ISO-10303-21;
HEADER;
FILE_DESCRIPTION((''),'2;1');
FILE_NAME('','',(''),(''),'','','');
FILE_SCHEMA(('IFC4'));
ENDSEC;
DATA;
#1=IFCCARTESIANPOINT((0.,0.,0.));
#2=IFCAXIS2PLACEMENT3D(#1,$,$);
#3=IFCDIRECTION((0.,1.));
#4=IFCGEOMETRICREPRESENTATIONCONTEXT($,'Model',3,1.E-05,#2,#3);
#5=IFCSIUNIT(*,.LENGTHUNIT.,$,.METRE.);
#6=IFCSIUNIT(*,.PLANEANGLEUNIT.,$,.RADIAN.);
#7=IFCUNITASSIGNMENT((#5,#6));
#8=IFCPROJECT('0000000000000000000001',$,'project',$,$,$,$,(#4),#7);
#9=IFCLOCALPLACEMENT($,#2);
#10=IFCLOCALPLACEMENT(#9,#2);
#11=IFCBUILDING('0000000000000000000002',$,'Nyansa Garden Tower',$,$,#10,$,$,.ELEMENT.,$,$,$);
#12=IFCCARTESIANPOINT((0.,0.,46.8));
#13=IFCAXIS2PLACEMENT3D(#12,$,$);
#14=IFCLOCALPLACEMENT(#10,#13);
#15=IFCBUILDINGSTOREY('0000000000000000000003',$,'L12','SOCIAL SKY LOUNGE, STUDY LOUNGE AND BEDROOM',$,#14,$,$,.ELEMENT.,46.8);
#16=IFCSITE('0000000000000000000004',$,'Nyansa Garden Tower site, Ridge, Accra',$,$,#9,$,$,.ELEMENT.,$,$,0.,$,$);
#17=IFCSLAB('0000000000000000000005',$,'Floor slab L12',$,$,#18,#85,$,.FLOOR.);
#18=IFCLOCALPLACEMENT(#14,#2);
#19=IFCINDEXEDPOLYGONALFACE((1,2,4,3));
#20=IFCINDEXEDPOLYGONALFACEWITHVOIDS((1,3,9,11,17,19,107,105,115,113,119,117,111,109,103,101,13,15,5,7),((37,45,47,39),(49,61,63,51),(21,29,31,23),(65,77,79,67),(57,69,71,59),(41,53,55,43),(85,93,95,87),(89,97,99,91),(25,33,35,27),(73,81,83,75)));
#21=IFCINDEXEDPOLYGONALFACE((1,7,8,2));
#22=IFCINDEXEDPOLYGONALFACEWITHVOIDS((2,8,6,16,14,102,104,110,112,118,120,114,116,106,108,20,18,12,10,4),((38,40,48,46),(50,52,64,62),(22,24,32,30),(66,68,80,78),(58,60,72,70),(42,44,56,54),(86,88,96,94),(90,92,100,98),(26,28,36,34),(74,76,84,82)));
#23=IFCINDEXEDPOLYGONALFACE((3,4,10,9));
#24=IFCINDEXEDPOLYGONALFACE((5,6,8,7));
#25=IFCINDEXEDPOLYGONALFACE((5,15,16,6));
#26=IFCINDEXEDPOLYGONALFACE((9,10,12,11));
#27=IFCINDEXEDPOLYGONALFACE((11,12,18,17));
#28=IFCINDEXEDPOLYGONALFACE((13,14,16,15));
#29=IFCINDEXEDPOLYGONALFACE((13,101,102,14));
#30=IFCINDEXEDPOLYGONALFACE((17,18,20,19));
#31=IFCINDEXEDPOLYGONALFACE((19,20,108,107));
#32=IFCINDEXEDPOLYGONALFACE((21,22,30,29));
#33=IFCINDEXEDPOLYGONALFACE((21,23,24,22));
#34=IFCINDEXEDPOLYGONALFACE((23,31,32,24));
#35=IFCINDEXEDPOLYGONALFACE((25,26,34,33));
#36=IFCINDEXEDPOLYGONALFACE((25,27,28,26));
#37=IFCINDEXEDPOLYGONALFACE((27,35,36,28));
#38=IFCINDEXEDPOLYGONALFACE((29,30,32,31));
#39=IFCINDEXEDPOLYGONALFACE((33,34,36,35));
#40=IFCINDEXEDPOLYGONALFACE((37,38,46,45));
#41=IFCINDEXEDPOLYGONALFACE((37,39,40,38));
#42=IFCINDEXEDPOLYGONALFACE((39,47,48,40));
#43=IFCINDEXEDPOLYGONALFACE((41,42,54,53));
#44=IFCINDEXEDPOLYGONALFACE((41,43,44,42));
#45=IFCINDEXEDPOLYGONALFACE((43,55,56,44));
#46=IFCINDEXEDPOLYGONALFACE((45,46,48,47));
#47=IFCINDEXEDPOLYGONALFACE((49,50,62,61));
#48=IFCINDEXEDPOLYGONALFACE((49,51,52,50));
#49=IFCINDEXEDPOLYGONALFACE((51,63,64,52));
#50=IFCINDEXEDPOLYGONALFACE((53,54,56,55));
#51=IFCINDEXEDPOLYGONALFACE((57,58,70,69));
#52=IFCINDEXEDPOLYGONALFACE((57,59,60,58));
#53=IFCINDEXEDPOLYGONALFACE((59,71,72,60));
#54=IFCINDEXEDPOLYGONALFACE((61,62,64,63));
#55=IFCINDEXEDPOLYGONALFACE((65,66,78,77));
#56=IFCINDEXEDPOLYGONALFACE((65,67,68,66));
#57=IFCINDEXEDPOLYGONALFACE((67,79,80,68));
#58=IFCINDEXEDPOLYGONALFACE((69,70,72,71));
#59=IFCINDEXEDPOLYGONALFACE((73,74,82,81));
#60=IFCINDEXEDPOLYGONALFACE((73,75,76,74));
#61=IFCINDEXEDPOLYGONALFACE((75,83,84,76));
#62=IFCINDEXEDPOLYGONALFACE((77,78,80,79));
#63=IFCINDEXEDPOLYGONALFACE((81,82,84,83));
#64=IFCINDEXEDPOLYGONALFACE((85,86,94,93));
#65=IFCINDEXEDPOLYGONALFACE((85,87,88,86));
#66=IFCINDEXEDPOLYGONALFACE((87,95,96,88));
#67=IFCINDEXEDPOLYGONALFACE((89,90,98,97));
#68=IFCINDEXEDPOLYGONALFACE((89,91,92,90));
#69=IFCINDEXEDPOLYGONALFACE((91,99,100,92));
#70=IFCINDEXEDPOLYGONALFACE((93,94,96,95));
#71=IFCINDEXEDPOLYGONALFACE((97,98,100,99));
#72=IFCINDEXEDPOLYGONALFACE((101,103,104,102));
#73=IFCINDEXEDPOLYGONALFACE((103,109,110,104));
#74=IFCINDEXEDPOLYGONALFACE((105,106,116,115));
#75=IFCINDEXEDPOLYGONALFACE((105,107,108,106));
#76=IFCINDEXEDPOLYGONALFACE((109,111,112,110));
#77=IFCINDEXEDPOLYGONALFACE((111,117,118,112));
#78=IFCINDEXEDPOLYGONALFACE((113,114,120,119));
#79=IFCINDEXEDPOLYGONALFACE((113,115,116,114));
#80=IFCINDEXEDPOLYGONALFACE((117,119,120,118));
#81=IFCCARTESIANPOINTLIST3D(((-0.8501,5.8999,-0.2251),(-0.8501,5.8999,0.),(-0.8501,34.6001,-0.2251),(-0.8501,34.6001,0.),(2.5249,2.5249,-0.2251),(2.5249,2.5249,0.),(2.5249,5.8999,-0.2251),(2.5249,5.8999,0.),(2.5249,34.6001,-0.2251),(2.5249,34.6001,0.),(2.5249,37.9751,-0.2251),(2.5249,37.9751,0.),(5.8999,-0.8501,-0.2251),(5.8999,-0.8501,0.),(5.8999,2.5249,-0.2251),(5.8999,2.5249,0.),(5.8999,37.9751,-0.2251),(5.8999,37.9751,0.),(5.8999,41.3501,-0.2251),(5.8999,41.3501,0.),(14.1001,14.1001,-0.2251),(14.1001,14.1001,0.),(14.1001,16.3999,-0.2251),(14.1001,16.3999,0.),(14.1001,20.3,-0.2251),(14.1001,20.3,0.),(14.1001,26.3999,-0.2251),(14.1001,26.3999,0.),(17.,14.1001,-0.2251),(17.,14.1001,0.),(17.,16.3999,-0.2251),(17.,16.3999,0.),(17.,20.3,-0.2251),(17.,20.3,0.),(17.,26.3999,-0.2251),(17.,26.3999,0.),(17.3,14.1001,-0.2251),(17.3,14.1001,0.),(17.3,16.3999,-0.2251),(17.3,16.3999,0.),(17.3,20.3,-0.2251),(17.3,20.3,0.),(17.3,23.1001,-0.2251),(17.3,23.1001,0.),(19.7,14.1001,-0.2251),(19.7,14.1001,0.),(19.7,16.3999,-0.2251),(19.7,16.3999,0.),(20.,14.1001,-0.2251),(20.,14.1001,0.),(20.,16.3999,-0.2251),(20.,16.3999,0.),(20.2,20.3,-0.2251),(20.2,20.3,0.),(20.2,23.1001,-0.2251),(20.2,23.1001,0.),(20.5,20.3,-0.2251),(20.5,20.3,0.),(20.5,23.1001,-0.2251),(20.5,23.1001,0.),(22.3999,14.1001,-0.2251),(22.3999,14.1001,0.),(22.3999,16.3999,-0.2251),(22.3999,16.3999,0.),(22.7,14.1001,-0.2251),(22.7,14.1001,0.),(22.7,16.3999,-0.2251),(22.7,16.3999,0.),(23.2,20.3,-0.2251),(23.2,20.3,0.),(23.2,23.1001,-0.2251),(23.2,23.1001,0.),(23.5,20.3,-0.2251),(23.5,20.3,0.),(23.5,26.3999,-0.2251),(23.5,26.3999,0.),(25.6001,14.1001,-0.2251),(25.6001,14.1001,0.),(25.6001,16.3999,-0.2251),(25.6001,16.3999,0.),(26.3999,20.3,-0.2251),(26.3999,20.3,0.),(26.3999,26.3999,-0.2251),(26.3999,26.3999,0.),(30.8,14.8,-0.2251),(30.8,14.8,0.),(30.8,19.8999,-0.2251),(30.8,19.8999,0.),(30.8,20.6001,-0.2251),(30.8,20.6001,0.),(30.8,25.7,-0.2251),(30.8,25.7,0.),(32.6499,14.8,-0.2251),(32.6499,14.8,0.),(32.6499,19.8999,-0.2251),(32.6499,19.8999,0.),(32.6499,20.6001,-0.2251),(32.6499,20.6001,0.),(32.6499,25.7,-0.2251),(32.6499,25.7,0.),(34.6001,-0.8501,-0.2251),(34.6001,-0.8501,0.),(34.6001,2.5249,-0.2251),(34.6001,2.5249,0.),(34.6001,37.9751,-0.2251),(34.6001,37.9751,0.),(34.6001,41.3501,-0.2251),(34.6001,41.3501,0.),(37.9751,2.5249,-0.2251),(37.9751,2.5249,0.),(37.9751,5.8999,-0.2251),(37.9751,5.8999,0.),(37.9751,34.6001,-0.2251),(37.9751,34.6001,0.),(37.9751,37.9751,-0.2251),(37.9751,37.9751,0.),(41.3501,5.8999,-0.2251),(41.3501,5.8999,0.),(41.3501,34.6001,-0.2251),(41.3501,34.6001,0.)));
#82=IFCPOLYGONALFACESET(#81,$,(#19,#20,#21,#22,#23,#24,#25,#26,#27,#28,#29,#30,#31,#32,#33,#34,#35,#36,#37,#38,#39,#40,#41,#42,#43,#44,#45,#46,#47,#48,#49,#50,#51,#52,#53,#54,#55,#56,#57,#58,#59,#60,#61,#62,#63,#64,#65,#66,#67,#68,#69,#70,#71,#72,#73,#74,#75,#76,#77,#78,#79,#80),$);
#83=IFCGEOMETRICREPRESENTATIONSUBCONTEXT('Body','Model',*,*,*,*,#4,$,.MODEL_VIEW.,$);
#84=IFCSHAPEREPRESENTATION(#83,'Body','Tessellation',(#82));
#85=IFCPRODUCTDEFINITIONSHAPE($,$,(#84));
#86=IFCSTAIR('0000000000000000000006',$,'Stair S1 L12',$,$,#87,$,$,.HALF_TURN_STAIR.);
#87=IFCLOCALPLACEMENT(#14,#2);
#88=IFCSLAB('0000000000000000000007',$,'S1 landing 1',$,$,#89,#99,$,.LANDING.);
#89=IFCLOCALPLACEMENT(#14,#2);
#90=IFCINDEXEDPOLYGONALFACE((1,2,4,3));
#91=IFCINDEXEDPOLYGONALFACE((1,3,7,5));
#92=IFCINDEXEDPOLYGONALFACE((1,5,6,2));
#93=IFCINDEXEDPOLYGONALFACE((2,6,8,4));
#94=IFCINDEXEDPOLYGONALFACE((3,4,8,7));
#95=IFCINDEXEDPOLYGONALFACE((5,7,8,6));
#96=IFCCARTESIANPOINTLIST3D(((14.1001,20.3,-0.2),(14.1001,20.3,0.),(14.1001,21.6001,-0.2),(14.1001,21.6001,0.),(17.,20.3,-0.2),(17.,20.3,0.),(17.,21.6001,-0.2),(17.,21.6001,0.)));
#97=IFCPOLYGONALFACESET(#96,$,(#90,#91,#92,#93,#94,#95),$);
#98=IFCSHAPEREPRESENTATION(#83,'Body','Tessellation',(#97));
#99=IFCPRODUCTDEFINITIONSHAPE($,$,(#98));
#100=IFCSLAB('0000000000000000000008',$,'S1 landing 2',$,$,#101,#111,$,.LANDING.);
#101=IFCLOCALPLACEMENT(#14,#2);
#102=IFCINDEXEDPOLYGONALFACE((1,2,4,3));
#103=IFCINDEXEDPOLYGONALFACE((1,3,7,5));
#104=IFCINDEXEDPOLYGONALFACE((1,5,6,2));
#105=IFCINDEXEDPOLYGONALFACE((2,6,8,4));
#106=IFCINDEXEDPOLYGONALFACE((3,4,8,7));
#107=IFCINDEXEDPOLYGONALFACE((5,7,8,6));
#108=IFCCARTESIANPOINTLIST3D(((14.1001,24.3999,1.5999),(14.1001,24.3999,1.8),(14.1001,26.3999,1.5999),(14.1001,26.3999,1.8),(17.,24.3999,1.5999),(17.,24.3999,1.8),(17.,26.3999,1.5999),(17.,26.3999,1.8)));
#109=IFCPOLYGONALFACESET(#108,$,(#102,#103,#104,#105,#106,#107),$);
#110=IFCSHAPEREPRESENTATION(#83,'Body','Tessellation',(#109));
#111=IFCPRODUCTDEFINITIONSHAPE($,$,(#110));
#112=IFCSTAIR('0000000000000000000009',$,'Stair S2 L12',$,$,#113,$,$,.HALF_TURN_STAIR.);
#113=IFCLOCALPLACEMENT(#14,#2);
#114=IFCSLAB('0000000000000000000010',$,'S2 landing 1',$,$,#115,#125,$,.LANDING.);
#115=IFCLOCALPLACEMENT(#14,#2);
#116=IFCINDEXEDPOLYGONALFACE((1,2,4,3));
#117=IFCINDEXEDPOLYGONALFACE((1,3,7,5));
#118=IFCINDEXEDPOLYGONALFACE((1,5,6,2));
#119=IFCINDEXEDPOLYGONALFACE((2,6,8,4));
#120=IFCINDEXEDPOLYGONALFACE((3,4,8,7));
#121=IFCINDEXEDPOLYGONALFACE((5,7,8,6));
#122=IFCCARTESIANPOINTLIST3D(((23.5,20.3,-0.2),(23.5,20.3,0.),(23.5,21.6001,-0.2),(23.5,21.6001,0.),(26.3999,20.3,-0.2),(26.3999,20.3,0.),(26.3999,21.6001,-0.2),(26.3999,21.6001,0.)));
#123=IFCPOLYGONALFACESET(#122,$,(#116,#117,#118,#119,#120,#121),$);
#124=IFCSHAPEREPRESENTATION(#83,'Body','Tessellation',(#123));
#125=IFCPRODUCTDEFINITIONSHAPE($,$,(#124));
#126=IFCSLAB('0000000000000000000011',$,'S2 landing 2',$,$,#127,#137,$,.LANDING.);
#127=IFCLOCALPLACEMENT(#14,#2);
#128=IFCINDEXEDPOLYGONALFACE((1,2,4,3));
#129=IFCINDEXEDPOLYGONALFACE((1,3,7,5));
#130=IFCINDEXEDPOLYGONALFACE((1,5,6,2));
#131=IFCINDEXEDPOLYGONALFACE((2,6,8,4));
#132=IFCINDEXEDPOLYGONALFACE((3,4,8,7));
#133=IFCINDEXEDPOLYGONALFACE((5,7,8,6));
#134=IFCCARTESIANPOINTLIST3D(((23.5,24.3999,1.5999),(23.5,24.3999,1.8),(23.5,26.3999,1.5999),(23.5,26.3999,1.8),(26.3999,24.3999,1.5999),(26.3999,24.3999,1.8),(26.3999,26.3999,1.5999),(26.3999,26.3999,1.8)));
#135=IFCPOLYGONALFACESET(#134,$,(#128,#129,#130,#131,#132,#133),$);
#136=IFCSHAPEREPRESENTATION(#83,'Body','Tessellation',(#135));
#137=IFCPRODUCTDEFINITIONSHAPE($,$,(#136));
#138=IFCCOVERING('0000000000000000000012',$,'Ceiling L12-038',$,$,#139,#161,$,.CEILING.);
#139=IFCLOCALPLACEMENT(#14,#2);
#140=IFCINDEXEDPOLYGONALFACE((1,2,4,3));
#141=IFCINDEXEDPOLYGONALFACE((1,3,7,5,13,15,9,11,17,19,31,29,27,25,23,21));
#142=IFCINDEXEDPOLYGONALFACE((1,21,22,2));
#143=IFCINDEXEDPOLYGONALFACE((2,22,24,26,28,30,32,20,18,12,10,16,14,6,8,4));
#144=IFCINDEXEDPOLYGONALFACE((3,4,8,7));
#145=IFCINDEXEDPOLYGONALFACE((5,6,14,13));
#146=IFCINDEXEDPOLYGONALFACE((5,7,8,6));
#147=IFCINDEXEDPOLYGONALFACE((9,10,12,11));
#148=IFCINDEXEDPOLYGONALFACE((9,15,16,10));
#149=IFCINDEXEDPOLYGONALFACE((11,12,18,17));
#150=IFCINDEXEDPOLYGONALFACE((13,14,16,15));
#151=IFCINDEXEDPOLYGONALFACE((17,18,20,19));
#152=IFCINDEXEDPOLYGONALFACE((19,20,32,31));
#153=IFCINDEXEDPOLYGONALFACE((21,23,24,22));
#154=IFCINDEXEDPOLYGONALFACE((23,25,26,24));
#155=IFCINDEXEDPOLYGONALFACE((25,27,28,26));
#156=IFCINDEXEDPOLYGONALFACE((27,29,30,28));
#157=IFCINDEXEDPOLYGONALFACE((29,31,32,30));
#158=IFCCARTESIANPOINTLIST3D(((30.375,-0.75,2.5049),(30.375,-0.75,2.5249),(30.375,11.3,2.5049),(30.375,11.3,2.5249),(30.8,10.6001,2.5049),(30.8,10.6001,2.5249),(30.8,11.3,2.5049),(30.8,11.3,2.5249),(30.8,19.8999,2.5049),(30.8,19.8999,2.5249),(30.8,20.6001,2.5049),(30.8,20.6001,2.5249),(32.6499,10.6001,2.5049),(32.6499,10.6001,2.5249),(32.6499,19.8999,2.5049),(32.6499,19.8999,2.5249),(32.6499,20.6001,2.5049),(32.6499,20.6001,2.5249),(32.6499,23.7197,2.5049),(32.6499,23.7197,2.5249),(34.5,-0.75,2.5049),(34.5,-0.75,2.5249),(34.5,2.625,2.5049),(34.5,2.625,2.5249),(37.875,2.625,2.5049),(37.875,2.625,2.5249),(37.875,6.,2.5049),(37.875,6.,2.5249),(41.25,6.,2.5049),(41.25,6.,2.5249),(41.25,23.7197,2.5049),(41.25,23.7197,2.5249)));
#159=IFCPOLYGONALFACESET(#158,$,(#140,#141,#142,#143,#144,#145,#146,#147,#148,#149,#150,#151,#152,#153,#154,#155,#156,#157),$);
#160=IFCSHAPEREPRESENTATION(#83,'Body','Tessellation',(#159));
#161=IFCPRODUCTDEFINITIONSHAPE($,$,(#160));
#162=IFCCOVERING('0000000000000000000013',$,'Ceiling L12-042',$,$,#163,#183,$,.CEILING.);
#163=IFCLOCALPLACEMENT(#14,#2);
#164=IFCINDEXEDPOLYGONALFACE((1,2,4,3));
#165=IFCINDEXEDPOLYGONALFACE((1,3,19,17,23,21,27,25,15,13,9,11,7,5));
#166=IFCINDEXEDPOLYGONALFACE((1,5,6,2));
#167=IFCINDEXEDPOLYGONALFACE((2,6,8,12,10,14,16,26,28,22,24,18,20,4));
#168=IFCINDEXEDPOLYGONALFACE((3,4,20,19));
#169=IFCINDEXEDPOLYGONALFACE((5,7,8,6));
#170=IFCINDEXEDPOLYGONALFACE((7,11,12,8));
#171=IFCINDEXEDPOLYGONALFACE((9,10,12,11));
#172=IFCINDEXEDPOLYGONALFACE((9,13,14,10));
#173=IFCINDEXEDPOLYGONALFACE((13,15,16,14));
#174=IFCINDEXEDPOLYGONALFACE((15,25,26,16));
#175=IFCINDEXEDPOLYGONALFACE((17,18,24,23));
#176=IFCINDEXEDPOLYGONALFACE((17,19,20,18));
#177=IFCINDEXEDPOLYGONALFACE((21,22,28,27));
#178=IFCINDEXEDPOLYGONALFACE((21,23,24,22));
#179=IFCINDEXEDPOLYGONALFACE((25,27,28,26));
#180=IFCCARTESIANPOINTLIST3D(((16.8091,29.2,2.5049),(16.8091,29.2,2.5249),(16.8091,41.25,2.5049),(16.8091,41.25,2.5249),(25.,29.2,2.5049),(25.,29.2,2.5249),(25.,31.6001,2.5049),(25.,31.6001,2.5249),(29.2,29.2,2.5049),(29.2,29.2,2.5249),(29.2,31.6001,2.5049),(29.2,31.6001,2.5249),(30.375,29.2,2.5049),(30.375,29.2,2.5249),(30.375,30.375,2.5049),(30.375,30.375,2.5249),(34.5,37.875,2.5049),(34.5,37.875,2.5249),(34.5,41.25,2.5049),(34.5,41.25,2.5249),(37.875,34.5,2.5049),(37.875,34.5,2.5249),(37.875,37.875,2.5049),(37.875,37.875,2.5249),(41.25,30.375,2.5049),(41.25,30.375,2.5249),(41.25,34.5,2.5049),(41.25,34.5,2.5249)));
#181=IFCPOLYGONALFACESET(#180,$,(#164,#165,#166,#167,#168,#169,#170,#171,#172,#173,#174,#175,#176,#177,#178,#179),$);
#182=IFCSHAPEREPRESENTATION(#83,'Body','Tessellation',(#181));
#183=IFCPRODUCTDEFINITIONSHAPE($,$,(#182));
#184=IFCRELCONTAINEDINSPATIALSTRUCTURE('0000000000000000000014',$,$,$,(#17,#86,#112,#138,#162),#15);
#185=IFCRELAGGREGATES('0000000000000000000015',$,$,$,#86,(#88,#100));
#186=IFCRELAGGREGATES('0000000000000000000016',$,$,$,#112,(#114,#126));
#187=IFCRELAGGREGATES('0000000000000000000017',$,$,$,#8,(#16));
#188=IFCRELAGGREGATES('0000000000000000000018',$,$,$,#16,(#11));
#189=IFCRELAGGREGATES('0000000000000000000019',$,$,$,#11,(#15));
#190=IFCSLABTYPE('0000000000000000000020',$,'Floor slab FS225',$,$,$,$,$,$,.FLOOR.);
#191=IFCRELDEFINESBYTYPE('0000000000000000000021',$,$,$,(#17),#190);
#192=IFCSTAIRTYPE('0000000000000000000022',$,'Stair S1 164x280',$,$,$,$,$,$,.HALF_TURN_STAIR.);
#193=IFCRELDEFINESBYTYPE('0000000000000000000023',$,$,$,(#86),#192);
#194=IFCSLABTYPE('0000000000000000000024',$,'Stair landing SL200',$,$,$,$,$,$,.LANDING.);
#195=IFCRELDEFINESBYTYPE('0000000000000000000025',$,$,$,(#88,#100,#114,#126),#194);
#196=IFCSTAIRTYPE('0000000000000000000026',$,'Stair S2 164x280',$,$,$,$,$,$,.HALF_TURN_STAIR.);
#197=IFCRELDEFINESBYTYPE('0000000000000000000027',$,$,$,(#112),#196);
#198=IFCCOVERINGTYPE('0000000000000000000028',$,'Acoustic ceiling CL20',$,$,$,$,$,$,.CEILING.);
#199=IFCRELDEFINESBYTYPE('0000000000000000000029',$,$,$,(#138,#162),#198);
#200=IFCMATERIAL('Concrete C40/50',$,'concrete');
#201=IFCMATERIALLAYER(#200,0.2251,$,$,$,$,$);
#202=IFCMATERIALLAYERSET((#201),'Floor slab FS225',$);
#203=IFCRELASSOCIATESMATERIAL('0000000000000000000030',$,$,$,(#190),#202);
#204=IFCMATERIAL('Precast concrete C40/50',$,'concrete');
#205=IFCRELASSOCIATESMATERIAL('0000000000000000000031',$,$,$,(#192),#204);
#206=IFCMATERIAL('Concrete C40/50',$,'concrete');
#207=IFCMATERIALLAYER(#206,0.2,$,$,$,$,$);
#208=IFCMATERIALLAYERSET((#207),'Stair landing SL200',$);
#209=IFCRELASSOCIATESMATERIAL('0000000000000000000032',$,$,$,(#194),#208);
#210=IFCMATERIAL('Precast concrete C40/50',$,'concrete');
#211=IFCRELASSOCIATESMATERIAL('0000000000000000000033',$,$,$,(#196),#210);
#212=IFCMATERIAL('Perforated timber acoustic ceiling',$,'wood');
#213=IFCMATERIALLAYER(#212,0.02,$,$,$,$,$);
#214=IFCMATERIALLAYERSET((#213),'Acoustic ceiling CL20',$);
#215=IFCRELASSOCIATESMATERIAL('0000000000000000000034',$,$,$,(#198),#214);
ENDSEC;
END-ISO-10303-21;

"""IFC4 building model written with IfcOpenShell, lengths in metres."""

from ifc_helpers import new_model, si_unit, direction, frame, origin, place, context, subcontext, project, spatial, polyline, outline, extrude, material, layer, layer_set, type_object, element, aggregate, save


model = new_model("IFC4")

# Units and contexts
model_context = context("Model", 3, precision=1e-05, world=origin(), true_north=direction((0.0, 1.0)))
body_context = subcontext(model_context, "Body", "Model", "MODEL_VIEW")
ifc_project = project(units=[si_unit("LENGTHUNIT", "METRE"), si_unit("PLANEANGLEUNIT", "RADIAN")], contexts=[model_context])

# Site, building, storey
site_placement = place(None, origin())
site = spatial("IfcSite", under=ifc_project, at=site_placement, Name="Nyansa Garden Tower site, Ridge, Accra", CompositionType="ELEMENT", RefElevation=0.0)
building_placement = place(site_placement, origin())
building = spatial("IfcBuilding", under=site, at=building_placement, Name="Nyansa Garden Tower", CompositionType="ELEMENT")
storey_placement = place(building_placement, frame((0.0, 0.0, 46.8)))
storey = spatial("IfcBuildingStorey", under=building, at=storey_placement, Name="L12", Description="SOCIAL SKY LOUNGE, STUDY LOUNGE AND BEDROOM", CompositionType="ELEMENT", Elevation=46.8)

# Slab
ifc_material_1 = material(Name="Concrete C40/50", Category="concrete")
ifc_layer_1 = layer(ifc_material_1, 0.2251)
ifc_layer_set_1 = layer_set([ifc_layer_1], Name="Floor slab FS225")
slab_type_1 = type_object("IfcSlabType", Name="Floor slab FS225", PredefinedType="FLOOR", material=ifc_layer_set_1)
slab_1_placement = place(storey_placement, frame((0.0, 0.0, -0.2251)))
element("IfcSlab", 1, at=slab_1_placement, inside=storey, type_object=slab_type_1, Name="Floor slab L12", PredefinedType="FLOOR", context=body_context, shape_type="SweptSolid", body=[
    extrude(outline(polyline([(41.3501, 5.8999), (37.9751, 5.8999), (37.9751, 2.5249), (34.6001, 2.5249), (34.6001, -0.8501), (5.8999, -0.8501), (5.8999, 2.5249), (2.5249, 2.5249), (2.5249, 5.8999), (-0.8501, 5.8999), (-0.8501, 34.6001), (2.5249, 34.6001), (2.5249, 37.9751), (5.8999, 37.9751), (5.8999, 41.3501), (34.6001, 41.3501), (34.6001, 37.9751), (37.9751, 37.9751), (37.9751, 34.6001), (41.3501, 34.6001), (41.3501, 5.8999)]), holes=[polyline([(14.1001, 14.1001), (17.0, 14.1001), (17.0, 16.3999), (14.1001, 16.3999), (14.1001, 14.1001)]), polyline([(17.3, 14.1001), (19.7, 14.1001), (19.7, 16.3999), (17.3, 16.3999), (17.3, 14.1001)]), polyline([(20.0, 14.1001), (22.3999, 14.1001), (22.3999, 16.3999), (20.0, 16.3999), (20.0, 14.1001)]), polyline([(22.7, 14.1001), (25.6001, 14.1001), (25.6001, 16.3999), (22.7, 16.3999), (22.7, 14.1001)]), polyline([(17.3, 20.3), (20.2, 20.3), (20.2, 23.1001), (17.3, 23.1001), (17.3, 20.3)]), polyline([(20.5, 20.3), (23.2, 20.3), (23.2, 23.1001), (20.5, 23.1001), (20.5, 20.3)]), polyline([(30.8, 14.8), (32.6499, 14.8), (32.6499, 19.8999), (30.8, 19.8999), (30.8, 14.8)]), polyline([(30.8, 20.6001), (32.6499, 20.6001), (32.6499, 25.7), (30.8, 25.7), (30.8, 20.6001)]), polyline([(14.1001, 20.3), (17.0, 20.3), (17.0, 26.3999), (14.1001, 26.3999), (14.1001, 20.3)]), polyline([(23.5, 20.3), (26.3999, 20.3), (26.3999, 26.3999), (23.5, 26.3999), (23.5, 20.3)])]), origin(), (0.0, 0.0, 1.0), 0.2251),
])

# Stairs, slabs
ifc_material_2 = material(Name="Precast concrete C40/50", Category="concrete")
stair_type_1 = type_object("IfcStairType", Name="Stair S1 164x280", PredefinedType="HALF_TURN_STAIR", material=ifc_material_2)
stair_1_placement = place(storey_placement, origin())
stair_1 = element("IfcStair", 2, at=stair_1_placement, inside=storey, type_object=stair_type_1, Name="Stair S1 L12", PredefinedType="HALF_TURN_STAIR")
ifc_material_3 = material(Name="Concrete C40/50", Category="concrete")
ifc_layer_2 = layer(ifc_material_3, 0.2)
ifc_layer_set_2 = layer_set([ifc_layer_2], Name="Stair landing SL200")
slab_type_2 = type_object("IfcSlabType", Name="Stair landing SL200", PredefinedType="LANDING", material=ifc_layer_set_2)
slab_2_placement = place(storey_placement, frame((0.0, 0.0, -0.2)))
slab_2 = element("IfcSlab", 3, at=slab_2_placement, type_object=slab_type_2, Name="S1 landing 1", PredefinedType="LANDING", context=body_context, shape_type="SweptSolid", body=[
    extrude(outline(polyline([(14.1001, 20.3), (17.0, 20.3), (17.0, 21.6001), (14.1001, 21.6001), (14.1001, 20.3)])), origin(), (0.0, 0.0, 1.0), 0.2),
])
slab_3_placement = place(storey_placement, frame((0.0, 0.0, 1.5999)))
slab_3 = element("IfcSlab", 4, at=slab_3_placement, type_object=slab_type_2, Name="S1 landing 2", PredefinedType="LANDING", context=body_context, shape_type="SweptSolid", body=[
    extrude(outline(polyline([(14.1001, 24.3999), (17.0, 24.3999), (17.0, 26.3999), (14.1001, 26.3999), (14.1001, 24.3999)])), origin(), (0.0, 0.0, 1.0), 0.2002),
])
aggregate(stair_1, [slab_2, slab_3])
ifc_material_4 = material(Name="Precast concrete C40/50", Category="concrete")
stair_type_2 = type_object("IfcStairType", Name="Stair S2 164x280", PredefinedType="HALF_TURN_STAIR", material=ifc_material_4)
stair_2_placement = place(storey_placement, origin())
stair_2 = element("IfcStair", 5, at=stair_2_placement, inside=storey, type_object=stair_type_2, Name="Stair S2 L12", PredefinedType="HALF_TURN_STAIR")
slab_4_placement = place(storey_placement, frame((0.0, 0.0, -0.2)))
slab_4 = element("IfcSlab", 6, at=slab_4_placement, type_object=slab_type_2, Name="S2 landing 1", PredefinedType="LANDING", context=body_context, shape_type="SweptSolid", body=[
    extrude(outline(polyline([(23.5, 20.3), (26.3999, 20.3), (26.3999, 21.6001), (23.5, 21.6001), (23.5, 20.3)])), origin(), (0.0, 0.0, 1.0), 0.2),
])
slab_5_placement = place(storey_placement, frame((0.0, 0.0, 1.5999)))
slab_5 = element("IfcSlab", 7, at=slab_5_placement, type_object=slab_type_2, Name="S2 landing 2", PredefinedType="LANDING", context=body_context, shape_type="SweptSolid", body=[
    extrude(outline(polyline([(23.5, 24.3999), (26.3999, 24.3999), (26.3999, 26.3999), (23.5, 26.3999), (23.5, 24.3999)])), origin(), (0.0, 0.0, 1.0), 0.2002),
])
aggregate(stair_2, [slab_4, slab_5])

# Coverings
ifc_material_5 = material(Name="Perforated timber acoustic ceiling", Category="wood")
ifc_layer_3 = layer(ifc_material_5, 0.02)
ifc_layer_set_3 = layer_set([ifc_layer_3], Name="Acoustic ceiling CL20")
covering_type_1 = type_object("IfcCoveringType", Name="Acoustic ceiling CL20", PredefinedType="CEILING", material=ifc_layer_set_3)
covering_1_placement = place(storey_placement, frame((0.0, 0.0, 2.5049)))
element("IfcCovering", 8, at=covering_1_placement, inside=storey, type_object=covering_type_1, Name="Ceiling L12-038", PredefinedType="CEILING", context=body_context, shape_type="SweptSolid", body=[
    extrude(outline(polyline([(30.375, -0.75), (30.375, 11.3), (30.8, 11.3), (30.8, 10.6001), (32.6499, 10.6001), (32.6499, 19.8999), (30.8, 19.8999), (30.8, 20.6001), (32.6499, 20.6001), (32.6499, 23.7197), (41.25, 23.7197), (41.25, 6.0), (37.875, 6.0), (37.875, 2.625), (34.5, 2.625), (34.5, -0.75), (30.375, -0.75)])), origin(), (0.0, 0.0, 1.0), 0.02),
])
covering_2_placement = place(storey_placement, frame((0.0, 0.0, 2.5049)))
element("IfcCovering", 9, at=covering_2_placement, inside=storey, type_object=covering_type_1, Name="Ceiling L12-042", PredefinedType="CEILING", context=body_context, shape_type="SweptSolid", body=[
    extrude(outline(polyline([(37.875, 37.875), (37.875, 34.5), (41.25, 34.5), (41.25, 30.375), (30.375, 30.375), (30.375, 29.2), (29.2, 29.2), (29.2, 31.6001), (25.0, 31.6001), (25.0, 29.2), (16.8091, 29.2), (16.8091, 41.25), (34.5, 41.25), (34.5, 37.875), (37.875, 37.875)])), origin(), (0.0, 0.0, 1.0), 0.02),
])

save(model, "model.ifc")
